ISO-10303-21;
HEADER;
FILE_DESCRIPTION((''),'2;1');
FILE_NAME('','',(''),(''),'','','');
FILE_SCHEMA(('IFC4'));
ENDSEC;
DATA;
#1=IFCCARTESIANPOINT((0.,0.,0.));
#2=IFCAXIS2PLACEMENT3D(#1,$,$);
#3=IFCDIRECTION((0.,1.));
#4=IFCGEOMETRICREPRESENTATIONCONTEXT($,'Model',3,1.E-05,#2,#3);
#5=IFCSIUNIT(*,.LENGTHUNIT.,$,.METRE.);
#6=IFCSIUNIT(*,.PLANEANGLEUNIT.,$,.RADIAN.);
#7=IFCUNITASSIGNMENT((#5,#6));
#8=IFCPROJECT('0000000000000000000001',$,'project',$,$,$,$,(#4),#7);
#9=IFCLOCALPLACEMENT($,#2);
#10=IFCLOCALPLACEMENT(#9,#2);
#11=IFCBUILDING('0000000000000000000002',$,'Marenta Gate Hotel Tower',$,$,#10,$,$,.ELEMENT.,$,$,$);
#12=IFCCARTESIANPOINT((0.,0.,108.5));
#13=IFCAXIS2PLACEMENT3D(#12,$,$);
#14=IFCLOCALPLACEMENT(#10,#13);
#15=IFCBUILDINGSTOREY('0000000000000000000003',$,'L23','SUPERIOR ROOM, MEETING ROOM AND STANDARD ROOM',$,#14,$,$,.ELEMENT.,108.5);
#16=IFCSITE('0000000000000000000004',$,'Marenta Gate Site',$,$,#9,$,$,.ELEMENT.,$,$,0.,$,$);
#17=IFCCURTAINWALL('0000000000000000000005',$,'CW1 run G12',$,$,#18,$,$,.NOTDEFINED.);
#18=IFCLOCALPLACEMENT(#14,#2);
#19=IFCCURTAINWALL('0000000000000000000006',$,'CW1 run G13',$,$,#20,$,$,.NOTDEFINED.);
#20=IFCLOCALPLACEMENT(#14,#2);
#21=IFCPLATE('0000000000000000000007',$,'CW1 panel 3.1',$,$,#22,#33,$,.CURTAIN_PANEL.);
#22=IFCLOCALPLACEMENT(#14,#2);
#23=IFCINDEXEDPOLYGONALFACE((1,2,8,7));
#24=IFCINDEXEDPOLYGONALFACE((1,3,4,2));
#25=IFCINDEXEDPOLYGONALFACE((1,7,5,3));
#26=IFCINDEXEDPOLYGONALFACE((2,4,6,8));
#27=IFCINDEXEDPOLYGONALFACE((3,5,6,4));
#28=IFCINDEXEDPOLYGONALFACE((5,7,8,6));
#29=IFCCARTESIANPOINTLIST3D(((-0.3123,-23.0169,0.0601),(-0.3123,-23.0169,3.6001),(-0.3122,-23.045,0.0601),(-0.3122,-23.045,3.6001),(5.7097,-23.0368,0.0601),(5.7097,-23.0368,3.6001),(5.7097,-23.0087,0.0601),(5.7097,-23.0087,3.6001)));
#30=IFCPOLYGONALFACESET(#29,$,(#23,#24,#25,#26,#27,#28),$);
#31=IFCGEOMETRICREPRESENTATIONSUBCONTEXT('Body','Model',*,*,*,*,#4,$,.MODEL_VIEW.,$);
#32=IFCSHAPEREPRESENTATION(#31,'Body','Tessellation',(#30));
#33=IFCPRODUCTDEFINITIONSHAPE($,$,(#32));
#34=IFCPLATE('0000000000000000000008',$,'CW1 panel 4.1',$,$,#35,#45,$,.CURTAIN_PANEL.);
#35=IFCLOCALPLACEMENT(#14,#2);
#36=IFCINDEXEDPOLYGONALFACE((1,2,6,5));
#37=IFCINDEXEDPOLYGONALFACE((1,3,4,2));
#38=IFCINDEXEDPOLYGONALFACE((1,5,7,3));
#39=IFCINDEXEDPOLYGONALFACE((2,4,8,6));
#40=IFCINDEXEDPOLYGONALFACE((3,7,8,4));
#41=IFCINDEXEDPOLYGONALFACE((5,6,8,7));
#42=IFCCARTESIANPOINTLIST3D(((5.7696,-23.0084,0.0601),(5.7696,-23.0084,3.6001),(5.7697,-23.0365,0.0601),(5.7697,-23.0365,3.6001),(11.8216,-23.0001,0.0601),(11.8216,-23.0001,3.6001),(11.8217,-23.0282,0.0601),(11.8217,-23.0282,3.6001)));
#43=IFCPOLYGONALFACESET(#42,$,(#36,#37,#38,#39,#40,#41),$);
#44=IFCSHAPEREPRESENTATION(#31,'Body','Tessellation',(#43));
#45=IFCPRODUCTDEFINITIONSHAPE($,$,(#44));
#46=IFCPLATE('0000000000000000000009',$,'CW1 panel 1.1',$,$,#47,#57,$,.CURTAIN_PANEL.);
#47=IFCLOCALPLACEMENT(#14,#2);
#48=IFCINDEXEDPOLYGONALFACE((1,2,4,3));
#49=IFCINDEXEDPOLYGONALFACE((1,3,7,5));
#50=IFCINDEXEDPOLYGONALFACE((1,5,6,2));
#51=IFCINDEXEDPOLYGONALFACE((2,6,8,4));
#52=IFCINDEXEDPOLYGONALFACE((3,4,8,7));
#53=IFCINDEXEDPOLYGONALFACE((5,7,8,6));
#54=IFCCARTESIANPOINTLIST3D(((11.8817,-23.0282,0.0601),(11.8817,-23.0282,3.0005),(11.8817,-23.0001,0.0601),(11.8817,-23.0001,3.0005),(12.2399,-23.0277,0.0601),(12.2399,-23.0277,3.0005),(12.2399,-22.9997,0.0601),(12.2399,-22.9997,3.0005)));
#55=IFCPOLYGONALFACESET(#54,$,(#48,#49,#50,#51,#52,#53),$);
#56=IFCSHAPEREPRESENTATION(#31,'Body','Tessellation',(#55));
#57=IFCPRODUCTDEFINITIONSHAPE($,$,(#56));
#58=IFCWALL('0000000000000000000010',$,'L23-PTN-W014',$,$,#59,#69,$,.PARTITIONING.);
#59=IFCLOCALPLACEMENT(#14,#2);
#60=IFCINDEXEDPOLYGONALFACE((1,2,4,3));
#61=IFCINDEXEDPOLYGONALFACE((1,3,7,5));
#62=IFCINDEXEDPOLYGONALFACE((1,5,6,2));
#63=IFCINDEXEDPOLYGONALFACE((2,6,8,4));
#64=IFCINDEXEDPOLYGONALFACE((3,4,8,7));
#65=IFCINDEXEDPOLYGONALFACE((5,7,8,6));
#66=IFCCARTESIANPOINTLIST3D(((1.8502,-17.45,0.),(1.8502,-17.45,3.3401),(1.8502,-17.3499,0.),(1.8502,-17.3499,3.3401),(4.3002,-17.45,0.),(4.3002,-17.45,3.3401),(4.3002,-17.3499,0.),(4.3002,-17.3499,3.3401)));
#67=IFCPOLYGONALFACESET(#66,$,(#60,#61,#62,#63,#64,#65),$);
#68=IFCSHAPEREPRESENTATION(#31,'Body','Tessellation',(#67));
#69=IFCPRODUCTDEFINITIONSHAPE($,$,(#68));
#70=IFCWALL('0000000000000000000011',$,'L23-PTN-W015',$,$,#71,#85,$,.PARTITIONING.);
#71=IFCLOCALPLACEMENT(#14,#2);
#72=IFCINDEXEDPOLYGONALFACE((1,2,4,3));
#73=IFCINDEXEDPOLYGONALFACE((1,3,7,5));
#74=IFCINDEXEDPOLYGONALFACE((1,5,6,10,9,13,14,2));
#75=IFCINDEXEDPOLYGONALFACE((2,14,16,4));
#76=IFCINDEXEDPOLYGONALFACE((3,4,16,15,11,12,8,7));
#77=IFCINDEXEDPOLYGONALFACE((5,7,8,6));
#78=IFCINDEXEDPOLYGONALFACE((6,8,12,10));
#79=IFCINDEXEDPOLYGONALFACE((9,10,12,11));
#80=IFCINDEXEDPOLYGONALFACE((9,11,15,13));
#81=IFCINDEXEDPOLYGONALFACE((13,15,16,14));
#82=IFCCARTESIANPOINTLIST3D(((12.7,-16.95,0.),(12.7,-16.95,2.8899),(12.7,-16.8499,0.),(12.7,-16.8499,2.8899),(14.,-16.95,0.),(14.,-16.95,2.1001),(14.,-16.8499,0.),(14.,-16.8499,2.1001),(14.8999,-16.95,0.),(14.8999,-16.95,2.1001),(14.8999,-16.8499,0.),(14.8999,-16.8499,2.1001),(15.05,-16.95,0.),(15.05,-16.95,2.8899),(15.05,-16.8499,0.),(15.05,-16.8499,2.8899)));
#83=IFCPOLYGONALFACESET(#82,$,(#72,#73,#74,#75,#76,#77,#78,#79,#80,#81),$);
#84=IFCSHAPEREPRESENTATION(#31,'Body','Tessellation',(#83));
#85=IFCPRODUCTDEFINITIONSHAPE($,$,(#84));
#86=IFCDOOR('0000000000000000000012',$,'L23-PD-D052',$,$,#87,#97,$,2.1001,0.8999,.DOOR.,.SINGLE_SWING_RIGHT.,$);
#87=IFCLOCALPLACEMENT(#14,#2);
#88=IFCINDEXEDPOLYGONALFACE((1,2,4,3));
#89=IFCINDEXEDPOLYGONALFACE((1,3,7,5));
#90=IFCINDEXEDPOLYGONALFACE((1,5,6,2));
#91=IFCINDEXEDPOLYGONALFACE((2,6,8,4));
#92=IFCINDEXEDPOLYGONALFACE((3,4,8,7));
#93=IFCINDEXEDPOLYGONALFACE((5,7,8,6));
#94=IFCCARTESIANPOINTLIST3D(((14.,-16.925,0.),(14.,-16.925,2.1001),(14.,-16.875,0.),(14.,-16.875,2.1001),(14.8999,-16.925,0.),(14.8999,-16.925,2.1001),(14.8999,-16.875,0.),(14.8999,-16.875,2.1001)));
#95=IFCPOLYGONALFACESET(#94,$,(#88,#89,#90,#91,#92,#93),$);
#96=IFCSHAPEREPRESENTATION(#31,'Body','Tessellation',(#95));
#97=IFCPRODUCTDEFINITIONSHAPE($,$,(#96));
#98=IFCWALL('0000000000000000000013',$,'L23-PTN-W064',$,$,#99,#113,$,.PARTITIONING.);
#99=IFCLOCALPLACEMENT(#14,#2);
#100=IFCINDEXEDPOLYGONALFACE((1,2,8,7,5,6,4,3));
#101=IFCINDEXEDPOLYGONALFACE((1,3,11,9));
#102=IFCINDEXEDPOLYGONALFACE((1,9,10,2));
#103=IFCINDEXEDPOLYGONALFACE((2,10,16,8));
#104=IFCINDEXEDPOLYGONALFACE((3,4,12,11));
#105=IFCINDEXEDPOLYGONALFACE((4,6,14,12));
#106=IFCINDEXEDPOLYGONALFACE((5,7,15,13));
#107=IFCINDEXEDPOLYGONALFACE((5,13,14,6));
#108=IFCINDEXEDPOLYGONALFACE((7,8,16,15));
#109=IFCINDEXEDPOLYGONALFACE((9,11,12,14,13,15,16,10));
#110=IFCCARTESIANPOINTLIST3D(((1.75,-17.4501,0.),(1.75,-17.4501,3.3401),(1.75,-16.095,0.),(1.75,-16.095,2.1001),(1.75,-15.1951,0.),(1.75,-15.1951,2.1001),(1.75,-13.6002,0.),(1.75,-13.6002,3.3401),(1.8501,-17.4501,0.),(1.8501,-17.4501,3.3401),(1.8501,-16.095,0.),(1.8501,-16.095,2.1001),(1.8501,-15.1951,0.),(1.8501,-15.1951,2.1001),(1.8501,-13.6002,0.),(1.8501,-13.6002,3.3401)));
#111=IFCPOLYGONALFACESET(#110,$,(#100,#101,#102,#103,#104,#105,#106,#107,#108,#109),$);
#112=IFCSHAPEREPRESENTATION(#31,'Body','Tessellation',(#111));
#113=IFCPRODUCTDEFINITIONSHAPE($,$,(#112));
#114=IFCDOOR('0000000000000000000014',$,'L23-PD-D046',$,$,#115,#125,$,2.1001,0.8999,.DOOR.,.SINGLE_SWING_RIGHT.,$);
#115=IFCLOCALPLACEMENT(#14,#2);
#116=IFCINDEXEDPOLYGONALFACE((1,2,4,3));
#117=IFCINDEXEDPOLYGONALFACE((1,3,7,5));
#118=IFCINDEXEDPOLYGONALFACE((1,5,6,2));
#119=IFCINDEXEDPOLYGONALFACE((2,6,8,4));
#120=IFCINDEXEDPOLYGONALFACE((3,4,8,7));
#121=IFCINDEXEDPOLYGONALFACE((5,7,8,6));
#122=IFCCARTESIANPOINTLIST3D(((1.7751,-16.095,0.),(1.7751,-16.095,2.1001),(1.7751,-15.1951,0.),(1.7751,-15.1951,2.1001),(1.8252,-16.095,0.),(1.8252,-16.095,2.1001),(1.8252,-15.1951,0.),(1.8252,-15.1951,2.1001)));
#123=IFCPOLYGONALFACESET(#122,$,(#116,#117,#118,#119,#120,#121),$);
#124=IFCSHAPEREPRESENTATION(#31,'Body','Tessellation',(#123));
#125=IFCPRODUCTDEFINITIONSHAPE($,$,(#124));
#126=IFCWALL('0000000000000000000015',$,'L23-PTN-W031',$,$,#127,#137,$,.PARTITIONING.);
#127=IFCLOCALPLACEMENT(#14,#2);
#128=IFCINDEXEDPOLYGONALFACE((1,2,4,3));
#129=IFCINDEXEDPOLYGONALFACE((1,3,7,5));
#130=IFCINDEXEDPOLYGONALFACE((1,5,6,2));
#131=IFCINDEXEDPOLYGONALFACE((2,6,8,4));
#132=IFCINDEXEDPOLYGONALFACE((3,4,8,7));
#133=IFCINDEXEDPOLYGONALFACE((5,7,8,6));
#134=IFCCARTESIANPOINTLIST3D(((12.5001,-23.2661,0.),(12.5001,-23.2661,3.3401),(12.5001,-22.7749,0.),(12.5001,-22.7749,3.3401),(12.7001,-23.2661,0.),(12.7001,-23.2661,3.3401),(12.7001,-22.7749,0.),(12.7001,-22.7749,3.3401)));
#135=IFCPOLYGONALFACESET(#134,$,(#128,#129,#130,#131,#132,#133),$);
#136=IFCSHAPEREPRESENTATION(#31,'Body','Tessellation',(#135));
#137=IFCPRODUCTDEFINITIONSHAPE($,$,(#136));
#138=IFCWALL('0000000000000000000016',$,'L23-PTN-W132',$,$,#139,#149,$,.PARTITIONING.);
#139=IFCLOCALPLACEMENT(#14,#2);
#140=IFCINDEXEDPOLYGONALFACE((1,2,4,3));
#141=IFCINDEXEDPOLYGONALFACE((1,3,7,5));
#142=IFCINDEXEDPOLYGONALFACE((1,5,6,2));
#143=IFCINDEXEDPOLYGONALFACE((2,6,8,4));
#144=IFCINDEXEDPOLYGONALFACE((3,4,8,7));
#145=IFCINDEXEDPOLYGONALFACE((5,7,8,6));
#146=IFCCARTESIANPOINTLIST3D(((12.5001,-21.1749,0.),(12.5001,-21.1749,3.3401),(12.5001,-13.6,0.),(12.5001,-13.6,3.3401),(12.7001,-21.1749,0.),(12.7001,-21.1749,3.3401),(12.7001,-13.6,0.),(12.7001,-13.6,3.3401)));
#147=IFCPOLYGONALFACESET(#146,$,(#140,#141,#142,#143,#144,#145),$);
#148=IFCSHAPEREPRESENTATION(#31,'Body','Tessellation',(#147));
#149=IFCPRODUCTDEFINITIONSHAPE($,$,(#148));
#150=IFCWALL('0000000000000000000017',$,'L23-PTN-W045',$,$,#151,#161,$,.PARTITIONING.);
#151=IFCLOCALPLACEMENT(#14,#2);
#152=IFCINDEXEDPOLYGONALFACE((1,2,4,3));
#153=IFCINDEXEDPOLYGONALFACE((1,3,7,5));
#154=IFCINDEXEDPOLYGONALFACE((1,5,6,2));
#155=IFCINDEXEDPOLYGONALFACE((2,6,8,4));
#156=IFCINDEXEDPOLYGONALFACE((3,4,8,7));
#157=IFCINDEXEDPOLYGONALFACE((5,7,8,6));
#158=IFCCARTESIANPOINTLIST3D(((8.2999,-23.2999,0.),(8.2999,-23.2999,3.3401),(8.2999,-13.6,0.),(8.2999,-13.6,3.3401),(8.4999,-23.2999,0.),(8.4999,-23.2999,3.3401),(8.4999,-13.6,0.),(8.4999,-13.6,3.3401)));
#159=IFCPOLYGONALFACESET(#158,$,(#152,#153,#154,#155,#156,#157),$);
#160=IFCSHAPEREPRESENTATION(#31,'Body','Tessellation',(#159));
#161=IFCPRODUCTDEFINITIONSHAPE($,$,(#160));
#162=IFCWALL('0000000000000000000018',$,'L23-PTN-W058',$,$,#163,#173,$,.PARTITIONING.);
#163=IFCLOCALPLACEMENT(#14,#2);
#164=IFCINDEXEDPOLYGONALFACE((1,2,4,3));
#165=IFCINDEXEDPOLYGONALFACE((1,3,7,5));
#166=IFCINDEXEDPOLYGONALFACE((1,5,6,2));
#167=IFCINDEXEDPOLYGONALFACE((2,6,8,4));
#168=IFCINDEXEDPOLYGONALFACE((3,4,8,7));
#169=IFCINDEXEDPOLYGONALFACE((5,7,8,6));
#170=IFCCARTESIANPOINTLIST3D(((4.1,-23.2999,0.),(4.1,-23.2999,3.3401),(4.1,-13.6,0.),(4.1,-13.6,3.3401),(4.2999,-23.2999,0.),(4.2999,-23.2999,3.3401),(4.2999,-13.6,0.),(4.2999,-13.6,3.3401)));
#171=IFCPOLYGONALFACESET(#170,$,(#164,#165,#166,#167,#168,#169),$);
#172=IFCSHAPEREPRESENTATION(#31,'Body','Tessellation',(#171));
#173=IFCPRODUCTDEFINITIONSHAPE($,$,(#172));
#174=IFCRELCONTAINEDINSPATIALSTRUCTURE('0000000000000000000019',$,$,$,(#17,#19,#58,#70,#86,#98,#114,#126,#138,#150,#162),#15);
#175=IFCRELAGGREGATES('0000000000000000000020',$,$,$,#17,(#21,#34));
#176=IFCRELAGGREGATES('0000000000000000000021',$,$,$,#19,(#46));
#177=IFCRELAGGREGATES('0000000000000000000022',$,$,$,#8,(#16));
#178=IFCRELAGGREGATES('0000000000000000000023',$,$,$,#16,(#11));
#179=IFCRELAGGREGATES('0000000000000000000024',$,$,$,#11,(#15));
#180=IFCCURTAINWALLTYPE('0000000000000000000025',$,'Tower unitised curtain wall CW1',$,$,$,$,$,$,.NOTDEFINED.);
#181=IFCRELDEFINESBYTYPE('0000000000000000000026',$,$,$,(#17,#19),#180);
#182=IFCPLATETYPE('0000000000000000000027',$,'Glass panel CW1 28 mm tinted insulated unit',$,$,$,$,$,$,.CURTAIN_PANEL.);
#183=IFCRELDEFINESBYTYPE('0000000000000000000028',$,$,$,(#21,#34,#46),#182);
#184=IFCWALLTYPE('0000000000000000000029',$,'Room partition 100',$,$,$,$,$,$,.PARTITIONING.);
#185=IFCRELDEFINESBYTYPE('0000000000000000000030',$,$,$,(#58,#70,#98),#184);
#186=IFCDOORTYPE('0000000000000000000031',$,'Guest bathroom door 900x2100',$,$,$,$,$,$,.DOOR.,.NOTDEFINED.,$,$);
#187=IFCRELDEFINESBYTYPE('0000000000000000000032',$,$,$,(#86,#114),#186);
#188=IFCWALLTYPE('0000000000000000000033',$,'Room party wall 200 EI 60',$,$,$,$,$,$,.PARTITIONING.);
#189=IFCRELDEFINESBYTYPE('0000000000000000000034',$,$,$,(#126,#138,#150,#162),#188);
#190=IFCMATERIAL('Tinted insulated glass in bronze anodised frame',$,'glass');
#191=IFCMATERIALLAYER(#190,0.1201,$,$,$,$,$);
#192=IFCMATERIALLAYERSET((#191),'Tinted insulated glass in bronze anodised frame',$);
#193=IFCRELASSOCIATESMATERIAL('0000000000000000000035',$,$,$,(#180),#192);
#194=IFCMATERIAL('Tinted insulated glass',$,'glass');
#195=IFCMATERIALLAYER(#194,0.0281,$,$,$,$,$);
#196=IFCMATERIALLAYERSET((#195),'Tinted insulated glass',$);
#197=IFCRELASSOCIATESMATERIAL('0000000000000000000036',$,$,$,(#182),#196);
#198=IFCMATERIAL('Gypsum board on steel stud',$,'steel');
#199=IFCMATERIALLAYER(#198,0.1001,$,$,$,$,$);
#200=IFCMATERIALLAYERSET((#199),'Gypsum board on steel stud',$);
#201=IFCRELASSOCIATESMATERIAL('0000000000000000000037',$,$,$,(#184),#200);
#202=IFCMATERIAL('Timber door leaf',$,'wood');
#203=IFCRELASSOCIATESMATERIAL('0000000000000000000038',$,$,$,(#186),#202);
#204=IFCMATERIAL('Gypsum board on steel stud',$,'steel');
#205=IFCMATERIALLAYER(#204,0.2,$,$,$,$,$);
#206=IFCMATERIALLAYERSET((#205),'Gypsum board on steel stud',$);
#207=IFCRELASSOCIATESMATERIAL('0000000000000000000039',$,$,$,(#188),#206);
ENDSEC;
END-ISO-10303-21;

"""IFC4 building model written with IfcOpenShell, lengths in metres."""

from ifc_helpers import new_model, si_unit, direction, frame, frame_2d, origin, origin_2d, place, context, subcontext, project, spatial, rectangle, extrude, material, layer, layer_set, type_object, element, fill, aggregate, save


model = new_model("IFC4")

# Units and contexts
model_context = context("Model", 3, precision=1e-05, world=origin(), true_north=direction((0.0, 1.0)))
body_context = subcontext(model_context, "Body", "Model", "MODEL_VIEW")
ifc_project = project(units=[si_unit("LENGTHUNIT", "METRE"), si_unit("PLANEANGLEUNIT", "RADIAN")], contexts=[model_context])

# Site, building, storey
site_placement = place(None, origin())
site = spatial("IfcSite", under=ifc_project, at=site_placement, Name="Marenta Gate Site", CompositionType="ELEMENT", RefElevation=0.0)
building_placement = place(site_placement, origin())
building = spatial("IfcBuilding", under=site, at=building_placement, Name="Marenta Gate Hotel Tower", CompositionType="ELEMENT")
storey_placement = place(building_placement, frame((0.0, 0.0, 108.5)))
storey = spatial("IfcBuildingStorey", under=building, at=storey_placement, Name="L23", Description="SUPERIOR ROOM, MEETING ROOM AND STANDARD ROOM", CompositionType="ELEMENT", Elevation=108.5)

# Curtain wall
ifc_material_1 = material(Name="Tinted insulated glass in bronze anodised frame", Category="glass")
ifc_layer_1 = layer(ifc_material_1, 0.1201)
ifc_layer_set_1 = layer_set([ifc_layer_1], Name="Tinted insulated glass in bronze anodised frame")
curtain_wall_type = type_object("IfcCurtainWallType", Name="Tower unitised curtain wall CW1", PredefinedType="NOTDEFINED", material=ifc_layer_set_1)
curtain_wall_1_placement = place(storey_placement, origin())
curtain_wall_1 = element("IfcCurtainWall", 1, at=curtain_wall_1_placement, inside=storey, type_object=curtain_wall_type, Name="CW1 run G12", PredefinedType="NOTDEFINED")

# Curtain wall
curtain_wall_2_placement = place(storey_placement, origin())
curtain_wall_2 = element("IfcCurtainWall", 2, at=curtain_wall_2_placement, inside=storey, type_object=curtain_wall_type, Name="CW1 run G13", PredefinedType="NOTDEFINED")

# Plates
ifc_material_2 = material(Name="Tinted insulated glass", Category="glass")
ifc_layer_2 = layer(ifc_material_2, 0.0281)
ifc_layer_set_2 = layer_set([ifc_layer_2], Name="Tinted insulated glass")
plate_type = type_object("IfcPlateType", Name="Glass panel CW1 28 mm tinted insulated unit", PredefinedType="CURTAIN_PANEL", material=ifc_layer_set_2)
plate_1_placement = place(storey_placement, frame((2.6987, -23.0269, 0.0601), z_axis=(0.0, 0.0, 1.0), x_axis=(0.999999, 0.001365, 0.0)))
plate_1 = element("IfcPlate", 3, at=plate_1_placement, type_object=plate_type, Name="CW1 panel 3.1", PredefinedType="CURTAIN_PANEL", context=body_context, shape_type="SweptSolid", body=[
    extrude(rectangle(XDim=6.022, YDim=0.0281, at=origin_2d()), origin(), (0.0, 0.0, 1.0), 3.54),
])
plate_2_placement = place(storey_placement, frame((8.7957, -23.0183, 0.0601), z_axis=(0.0, 0.0, 1.0), x_axis=(0.999999, 0.001365, 0.0)))
plate_2 = element("IfcPlate", 4, at=plate_2_placement, type_object=plate_type, Name="CW1 panel 4.1", PredefinedType="CURTAIN_PANEL", context=body_context, shape_type="SweptSolid", body=[
    extrude(rectangle(XDim=6.052, YDim=0.0281, at=origin_2d()), origin(), (0.0, 0.0, 1.0), 3.54),
])
aggregate(curtain_wall_1, [plate_1, plate_2])
plate_3_placement = place(storey_placement, frame((12.0608, -23.0139, 0.0601), z_axis=(0.0, 0.0, 1.0), x_axis=(0.999999, 0.001255, 0.0)))
plate_3 = element("IfcPlate", 5, at=plate_3_placement, type_object=plate_type, Name="CW1 panel 1.1", PredefinedType="CURTAIN_PANEL", context=body_context, shape_type="SweptSolid", body=[
    extrude(rectangle(XDim=0.3582, YDim=0.0281, at=origin_2d()), origin(), (0.0, 0.0, 1.0), 2.9404),
])
aggregate(curtain_wall_2, [plate_3])

# Wall
ifc_material_3 = material(Name="Gypsum board on steel stud", Category="steel")
ifc_layer_3 = layer(ifc_material_3, 0.1001)
ifc_layer_set_3 = layer_set([ifc_layer_3], Name="Gypsum board on steel stud")
wall_type_1 = type_object("IfcWallType", Name="Room partition 100", PredefinedType="PARTITIONING", material=ifc_layer_set_3)
wall_1_placement = place(storey_placement, frame((1.8501, -17.3999, 0.0), z_axis=(0.0, 0.0, 1.0), x_axis=(1.0, 0.0, 0.0)))
element("IfcWall", 6, at=wall_1_placement, inside=storey, type_object=wall_type_1, Name="L23-PTN-W014", PredefinedType="PARTITIONING", context=body_context, shape_type="SweptSolid", body=[
    extrude(rectangle(XDim=2.45, YDim=0.1001, at=frame_2d((1.2251, 0.0))), origin(), (0.0, 0.0, 1.0), 3.3401),
])

# Walls, openings, doors
wall_2_placement = place(storey_placement, frame((12.7, -16.8999, 0.0), z_axis=(0.0, 0.0, 1.0), x_axis=(1.0, 0.0, 0.0)))
wall_2 = element("IfcWall", 7, at=wall_2_placement, inside=storey, type_object=wall_type_1, Name="L23-PTN-W015", PredefinedType="PARTITIONING", context=body_context, shape_type="SweptSolid", body=[
    extrude(rectangle(XDim=2.3501, YDim=0.1001, at=frame_2d((1.175, 0.0))), origin(), (0.0, 0.0, 1.0), 2.8899),
])
opening_1_placement = place(wall_2_placement, frame((1.3, 0.0, 0.0)))
opening_1 = element("IfcOpeningElement", 8, at=opening_1_placement, cuts=wall_2, PredefinedType="OPENING", context=body_context, shape_type="SweptSolid", body=[
    extrude(rectangle(XDim=0.8999, YDim=2.1001, at=frame_2d((0.45, 1.05))), frame((0.0, 0.05, 0.0), z_axis=(0.0, -1.0, 0.0), x_axis=(1.0, 0.0, 0.0)), (0.0, 0.0, 1.0), 0.1001),
])
ifc_material_4 = material(Name="Timber door leaf", Category="wood")
door_type = type_object("IfcDoorType", Name="Guest bathroom door 900x2100", OperationType="NOTDEFINED", PredefinedType="DOOR", material=ifc_material_4)
door_1_placement = place(opening_1_placement, origin())
door_1 = element("IfcDoor", 9, at=door_1_placement, inside=storey, type_object=door_type, Name="L23-PD-D052", OperationType="SINGLE_SWING_RIGHT", OverallHeight=2.1001, OverallWidth=0.8999, PredefinedType="DOOR", context=body_context, shape_type="SweptSolid", body=[
    extrude(rectangle(XDim=0.8999, YDim=2.1001, at=frame_2d((0.45, 1.05))), frame((0.0, 0.0249, 0.0), z_axis=(0.0, -1.0, 0.0), x_axis=(1.0, 0.0, 0.0)), (0.0, 0.0, 1.0), 0.05),
])
fill(opening_1, door_1)
wall_3_placement = place(storey_placement, frame((1.8, -17.45, 0.0), z_axis=(0.0, 0.0, 1.0), x_axis=(0.0, 1.0, 0.0)))
wall_3 = element("IfcWall", 10, at=wall_3_placement, inside=storey, type_object=wall_type_1, Name="L23-PTN-W064", PredefinedType="PARTITIONING", context=body_context, shape_type="SweptSolid", body=[
    extrude(rectangle(XDim=3.8499, YDim=0.1001, at=frame_2d((1.9248, 0.0))), origin(), (0.0, 0.0, 1.0), 3.3401),
])
opening_2_placement = place(wall_3_placement, frame((1.355, 0.0, 0.0)))
opening_2 = element("IfcOpeningElement", 11, at=opening_2_placement, cuts=wall_3, PredefinedType="OPENING", context=body_context, shape_type="SweptSolid", body=[
    extrude(rectangle(XDim=0.8999, YDim=2.1001, at=frame_2d((0.45, 1.05))), frame((0.0, 0.05, 0.0), z_axis=(0.0, -1.0, 0.0), x_axis=(1.0, 0.0, 0.0)), (0.0, 0.0, 1.0), 0.1001),
])
door_2_placement = place(opening_2_placement, origin())
door_2 = element("IfcDoor", 12, at=door_2_placement, inside=storey, type_object=door_type, Name="L23-PD-D046", OperationType="SINGLE_SWING_RIGHT", OverallHeight=2.1001, OverallWidth=0.8999, PredefinedType="DOOR", context=body_context, shape_type="SweptSolid", body=[
    extrude(rectangle(XDim=0.8999, YDim=2.1001, at=frame_2d((0.45, 1.05))), frame((0.0, 0.0249, 0.0), z_axis=(0.0, -1.0, 0.0), x_axis=(1.0, 0.0, 0.0)), (0.0, 0.0, 1.0), 0.05),
])
fill(opening_2, door_2)

# Walls
ifc_material_5 = material(Name="Gypsum board on steel stud", Category="steel")
ifc_layer_4 = layer(ifc_material_5, 0.2)
ifc_layer_set_4 = layer_set([ifc_layer_4], Name="Gypsum board on steel stud")
wall_type_2 = type_object("IfcWallType", Name="Room party wall 200 EI 60", PredefinedType="PARTITIONING", material=ifc_layer_set_4)
wall_4_placement = place(storey_placement, frame((12.6001, -23.2661, 0.0), z_axis=(0.0, 0.0, 1.0), x_axis=(0.0, 1.0, 0.0)))
element("IfcWall", 13, at=wall_4_placement, inside=storey, type_object=wall_type_2, Name="L23-PTN-W031", PredefinedType="PARTITIONING", context=body_context, shape_type="SweptSolid", body=[
    extrude(rectangle(XDim=0.4912, YDim=0.2, at=frame_2d((0.2456, 0.0))), origin(), (0.0, 0.0, 1.0), 3.3401),
])
wall_5_placement = place(storey_placement, frame((12.6001, -21.175, 0.0), z_axis=(0.0, 0.0, 1.0), x_axis=(0.0, 1.0, 0.0)))
element("IfcWall", 14, at=wall_5_placement, inside=storey, type_object=wall_type_2, Name="L23-PTN-W132", PredefinedType="PARTITIONING", context=body_context, shape_type="SweptSolid", body=[
    extrude(rectangle(XDim=7.575, YDim=0.2, at=frame_2d((3.7876, 0.0))), origin(), (0.0, 0.0, 1.0), 3.3401),
])
for number, where, z_axis, x_axis, name in (
    (15, (8.3999, -23.3, 0.0), (0.0, 0.0, 1.0), (0.0, 1.0, 0.0), "L23-PTN-W045"),
    (16, (4.2, -23.3, 0.0), (0.0, 0.0, 1.0), (0.0, 1.0, 0.0), "L23-PTN-W058"),
):
    element("IfcWall", number, at=place(storey_placement, frame(where, z_axis=z_axis, x_axis=x_axis)), inside=storey, type_object=wall_type_2, Name=name, PredefinedType="PARTITIONING", context=body_context, shape_type="SweptSolid", body=[
        extrude(rectangle(XDim=9.7, YDim=0.2, at=frame_2d((4.8501, 0.0))), origin(), (0.0, 0.0, 1.0), 3.3401),
    ])

save(model, "model.ifc")
